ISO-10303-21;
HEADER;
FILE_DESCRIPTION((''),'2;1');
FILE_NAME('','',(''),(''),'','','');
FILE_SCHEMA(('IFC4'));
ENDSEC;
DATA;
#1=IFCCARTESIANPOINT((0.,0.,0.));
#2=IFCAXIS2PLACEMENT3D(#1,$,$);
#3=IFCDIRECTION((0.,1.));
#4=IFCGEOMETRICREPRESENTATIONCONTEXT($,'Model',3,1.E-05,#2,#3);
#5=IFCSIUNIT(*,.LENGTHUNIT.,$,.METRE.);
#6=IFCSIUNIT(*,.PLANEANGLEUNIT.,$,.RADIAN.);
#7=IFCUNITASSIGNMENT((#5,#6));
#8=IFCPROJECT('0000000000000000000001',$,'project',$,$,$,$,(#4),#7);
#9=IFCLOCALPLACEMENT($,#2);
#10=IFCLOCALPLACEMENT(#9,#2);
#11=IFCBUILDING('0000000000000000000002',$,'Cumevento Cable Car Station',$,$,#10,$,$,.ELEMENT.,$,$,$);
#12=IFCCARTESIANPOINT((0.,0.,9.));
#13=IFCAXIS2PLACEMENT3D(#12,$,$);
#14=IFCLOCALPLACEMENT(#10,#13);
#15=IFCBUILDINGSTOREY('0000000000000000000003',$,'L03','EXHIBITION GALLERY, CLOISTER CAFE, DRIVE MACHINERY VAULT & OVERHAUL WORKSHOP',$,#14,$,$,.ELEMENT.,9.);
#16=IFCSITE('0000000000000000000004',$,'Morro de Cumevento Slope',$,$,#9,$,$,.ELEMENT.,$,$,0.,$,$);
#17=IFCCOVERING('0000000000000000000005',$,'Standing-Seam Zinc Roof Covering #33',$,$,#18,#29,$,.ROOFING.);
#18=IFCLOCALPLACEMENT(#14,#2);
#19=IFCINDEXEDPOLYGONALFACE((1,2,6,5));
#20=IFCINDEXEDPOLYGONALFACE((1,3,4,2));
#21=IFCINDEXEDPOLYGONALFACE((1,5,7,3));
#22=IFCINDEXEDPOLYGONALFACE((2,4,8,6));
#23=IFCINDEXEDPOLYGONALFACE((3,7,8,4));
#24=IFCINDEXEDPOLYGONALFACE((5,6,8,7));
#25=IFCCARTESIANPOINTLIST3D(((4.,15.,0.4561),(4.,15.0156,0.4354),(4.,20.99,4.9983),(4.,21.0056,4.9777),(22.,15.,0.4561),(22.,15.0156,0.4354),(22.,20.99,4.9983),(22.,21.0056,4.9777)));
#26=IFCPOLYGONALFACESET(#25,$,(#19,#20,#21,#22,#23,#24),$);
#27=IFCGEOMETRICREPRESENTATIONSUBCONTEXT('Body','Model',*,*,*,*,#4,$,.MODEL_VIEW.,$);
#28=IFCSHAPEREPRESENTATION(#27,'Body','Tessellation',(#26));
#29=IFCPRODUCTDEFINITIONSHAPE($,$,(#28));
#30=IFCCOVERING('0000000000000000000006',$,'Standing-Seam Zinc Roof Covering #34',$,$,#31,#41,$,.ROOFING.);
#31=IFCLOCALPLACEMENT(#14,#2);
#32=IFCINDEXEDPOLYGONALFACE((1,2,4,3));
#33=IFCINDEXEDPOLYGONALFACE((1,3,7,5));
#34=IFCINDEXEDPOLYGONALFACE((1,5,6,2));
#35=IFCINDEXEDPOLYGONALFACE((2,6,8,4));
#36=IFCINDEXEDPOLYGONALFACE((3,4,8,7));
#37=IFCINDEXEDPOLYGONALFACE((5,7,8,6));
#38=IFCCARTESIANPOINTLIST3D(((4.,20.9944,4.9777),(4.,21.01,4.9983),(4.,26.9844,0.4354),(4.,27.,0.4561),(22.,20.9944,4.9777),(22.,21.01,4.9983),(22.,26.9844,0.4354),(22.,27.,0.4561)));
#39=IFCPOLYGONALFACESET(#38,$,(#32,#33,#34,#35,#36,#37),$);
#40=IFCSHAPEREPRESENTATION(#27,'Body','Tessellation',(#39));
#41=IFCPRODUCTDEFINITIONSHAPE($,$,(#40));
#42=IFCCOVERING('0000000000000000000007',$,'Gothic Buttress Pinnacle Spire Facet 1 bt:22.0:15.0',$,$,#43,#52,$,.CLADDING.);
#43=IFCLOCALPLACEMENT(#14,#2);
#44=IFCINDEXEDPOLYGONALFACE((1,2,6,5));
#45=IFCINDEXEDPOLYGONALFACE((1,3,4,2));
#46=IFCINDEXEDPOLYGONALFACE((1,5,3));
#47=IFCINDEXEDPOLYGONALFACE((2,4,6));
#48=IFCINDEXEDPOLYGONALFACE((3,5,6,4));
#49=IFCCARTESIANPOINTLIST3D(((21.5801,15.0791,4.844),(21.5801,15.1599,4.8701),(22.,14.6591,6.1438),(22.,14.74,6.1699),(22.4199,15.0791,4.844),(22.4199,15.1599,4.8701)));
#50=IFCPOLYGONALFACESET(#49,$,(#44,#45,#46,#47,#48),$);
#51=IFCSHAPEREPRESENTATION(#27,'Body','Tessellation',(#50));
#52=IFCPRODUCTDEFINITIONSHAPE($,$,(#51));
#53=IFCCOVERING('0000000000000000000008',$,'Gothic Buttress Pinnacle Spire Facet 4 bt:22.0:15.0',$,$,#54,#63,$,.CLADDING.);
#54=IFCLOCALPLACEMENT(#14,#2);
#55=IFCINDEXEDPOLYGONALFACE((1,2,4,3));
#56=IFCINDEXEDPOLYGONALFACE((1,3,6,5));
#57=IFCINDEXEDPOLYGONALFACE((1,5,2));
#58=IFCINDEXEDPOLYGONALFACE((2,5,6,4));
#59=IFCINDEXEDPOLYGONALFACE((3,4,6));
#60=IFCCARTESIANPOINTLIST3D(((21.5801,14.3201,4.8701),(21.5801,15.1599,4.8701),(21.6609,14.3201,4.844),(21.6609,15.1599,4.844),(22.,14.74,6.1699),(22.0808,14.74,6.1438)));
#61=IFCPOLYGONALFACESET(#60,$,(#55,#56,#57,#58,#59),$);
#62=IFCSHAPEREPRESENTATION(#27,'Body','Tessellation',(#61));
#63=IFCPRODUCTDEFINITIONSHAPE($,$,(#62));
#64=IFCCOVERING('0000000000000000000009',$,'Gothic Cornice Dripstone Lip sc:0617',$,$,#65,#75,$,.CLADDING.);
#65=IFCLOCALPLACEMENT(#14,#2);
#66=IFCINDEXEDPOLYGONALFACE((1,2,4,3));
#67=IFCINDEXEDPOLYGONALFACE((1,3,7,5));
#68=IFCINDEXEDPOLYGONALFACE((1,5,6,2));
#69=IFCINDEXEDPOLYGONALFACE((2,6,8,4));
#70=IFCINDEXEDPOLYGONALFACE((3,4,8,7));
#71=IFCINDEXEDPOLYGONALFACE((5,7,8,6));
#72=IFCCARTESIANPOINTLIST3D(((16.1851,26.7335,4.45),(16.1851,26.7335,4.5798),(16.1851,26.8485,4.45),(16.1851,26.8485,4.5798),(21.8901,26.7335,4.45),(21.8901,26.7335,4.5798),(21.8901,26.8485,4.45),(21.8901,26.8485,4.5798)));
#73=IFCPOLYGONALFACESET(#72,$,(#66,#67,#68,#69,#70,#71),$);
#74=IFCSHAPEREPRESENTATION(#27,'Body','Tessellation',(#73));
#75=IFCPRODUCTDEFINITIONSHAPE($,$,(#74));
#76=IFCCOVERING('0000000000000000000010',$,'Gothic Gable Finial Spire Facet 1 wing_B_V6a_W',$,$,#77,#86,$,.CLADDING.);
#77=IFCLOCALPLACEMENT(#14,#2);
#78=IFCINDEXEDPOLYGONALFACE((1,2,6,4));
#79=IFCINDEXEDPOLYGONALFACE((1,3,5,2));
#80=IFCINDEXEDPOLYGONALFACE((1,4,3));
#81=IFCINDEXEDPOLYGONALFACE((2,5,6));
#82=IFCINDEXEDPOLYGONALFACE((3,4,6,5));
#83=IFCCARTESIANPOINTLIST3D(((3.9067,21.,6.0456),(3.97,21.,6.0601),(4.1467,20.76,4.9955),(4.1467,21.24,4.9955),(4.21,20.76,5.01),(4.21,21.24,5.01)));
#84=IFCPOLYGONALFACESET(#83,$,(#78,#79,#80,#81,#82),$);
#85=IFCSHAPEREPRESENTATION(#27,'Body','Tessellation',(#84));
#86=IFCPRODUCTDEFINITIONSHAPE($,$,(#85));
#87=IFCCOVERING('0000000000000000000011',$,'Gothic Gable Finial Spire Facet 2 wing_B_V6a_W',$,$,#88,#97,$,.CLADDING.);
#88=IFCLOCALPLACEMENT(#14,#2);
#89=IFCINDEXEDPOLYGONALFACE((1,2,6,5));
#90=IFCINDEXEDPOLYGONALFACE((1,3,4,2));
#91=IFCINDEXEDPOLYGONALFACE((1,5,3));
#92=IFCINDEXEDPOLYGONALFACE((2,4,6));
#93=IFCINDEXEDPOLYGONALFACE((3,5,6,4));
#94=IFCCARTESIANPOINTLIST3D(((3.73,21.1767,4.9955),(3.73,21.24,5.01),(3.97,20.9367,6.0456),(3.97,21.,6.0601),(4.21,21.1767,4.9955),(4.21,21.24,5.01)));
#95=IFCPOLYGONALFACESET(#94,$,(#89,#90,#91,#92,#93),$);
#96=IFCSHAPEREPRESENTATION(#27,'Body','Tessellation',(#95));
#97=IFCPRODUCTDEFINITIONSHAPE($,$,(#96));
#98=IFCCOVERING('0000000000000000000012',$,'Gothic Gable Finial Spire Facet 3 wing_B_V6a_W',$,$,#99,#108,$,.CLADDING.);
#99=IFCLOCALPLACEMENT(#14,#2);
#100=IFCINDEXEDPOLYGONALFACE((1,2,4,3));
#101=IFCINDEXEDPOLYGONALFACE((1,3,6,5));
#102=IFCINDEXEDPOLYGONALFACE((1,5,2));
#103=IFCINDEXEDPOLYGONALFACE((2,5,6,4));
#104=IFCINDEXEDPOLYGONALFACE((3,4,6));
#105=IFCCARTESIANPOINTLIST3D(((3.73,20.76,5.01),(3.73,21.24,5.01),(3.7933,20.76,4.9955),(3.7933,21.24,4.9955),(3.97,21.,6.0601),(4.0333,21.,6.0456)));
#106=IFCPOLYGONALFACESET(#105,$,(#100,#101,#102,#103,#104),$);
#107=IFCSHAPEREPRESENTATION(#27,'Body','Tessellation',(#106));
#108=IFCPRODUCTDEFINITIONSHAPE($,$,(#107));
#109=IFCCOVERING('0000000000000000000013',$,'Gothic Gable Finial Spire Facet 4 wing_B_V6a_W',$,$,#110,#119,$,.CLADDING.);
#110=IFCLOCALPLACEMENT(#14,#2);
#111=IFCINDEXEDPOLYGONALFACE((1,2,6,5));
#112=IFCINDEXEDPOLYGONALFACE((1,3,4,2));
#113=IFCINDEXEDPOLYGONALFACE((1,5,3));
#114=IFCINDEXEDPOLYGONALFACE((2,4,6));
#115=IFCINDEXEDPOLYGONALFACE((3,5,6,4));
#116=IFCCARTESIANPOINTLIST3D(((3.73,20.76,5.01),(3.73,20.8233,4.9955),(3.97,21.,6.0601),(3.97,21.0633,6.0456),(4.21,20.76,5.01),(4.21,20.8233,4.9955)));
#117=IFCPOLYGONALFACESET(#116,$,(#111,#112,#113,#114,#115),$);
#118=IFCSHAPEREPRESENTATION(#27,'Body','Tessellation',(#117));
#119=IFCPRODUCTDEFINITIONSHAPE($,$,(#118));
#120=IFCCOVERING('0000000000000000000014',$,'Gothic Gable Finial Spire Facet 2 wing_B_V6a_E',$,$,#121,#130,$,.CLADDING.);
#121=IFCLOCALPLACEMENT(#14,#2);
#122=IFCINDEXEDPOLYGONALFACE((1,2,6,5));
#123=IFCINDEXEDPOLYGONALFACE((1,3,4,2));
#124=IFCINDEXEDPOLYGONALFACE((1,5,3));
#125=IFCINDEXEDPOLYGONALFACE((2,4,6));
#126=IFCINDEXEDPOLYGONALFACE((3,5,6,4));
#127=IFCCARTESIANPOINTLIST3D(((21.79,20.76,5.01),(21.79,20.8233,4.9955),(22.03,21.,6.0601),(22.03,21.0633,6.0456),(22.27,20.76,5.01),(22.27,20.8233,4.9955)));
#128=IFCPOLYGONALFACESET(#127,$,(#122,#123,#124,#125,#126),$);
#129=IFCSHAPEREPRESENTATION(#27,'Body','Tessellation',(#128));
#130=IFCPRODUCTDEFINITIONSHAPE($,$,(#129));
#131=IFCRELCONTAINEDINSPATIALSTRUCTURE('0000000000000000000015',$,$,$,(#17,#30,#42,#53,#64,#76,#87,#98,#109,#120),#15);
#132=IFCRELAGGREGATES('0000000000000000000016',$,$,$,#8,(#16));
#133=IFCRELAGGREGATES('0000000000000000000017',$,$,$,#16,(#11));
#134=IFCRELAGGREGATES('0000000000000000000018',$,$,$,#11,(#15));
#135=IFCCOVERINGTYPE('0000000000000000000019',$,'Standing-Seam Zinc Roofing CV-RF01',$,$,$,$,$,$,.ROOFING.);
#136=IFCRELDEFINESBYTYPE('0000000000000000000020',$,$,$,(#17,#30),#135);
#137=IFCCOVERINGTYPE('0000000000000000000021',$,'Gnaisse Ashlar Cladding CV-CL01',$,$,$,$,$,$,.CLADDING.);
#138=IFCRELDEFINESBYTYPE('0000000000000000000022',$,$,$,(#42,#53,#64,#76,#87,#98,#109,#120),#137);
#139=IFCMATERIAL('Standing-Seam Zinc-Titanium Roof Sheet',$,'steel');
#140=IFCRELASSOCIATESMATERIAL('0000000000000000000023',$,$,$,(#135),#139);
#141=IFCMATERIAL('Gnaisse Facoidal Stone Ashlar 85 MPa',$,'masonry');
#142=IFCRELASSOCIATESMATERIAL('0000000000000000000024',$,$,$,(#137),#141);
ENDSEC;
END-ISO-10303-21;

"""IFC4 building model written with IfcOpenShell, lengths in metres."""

from ifc_helpers import new_model, si_unit, direction, frame, origin, origin_2d, place, context, subcontext, project, spatial, polyline, rectangle, outline, extrude, material, type_object, element, save


model = new_model("IFC4")

# Units and contexts
model_context = context("Model", 3, precision=1e-05, world=origin(), true_north=direction((0.0, 1.0)))
body_context = subcontext(model_context, "Body", "Model", "MODEL_VIEW")
ifc_project = project(units=[si_unit("LENGTHUNIT", "METRE"), si_unit("PLANEANGLEUNIT", "RADIAN")], contexts=[model_context])

# Site, building, storey
site_placement = place(None, origin())
site = spatial("IfcSite", under=ifc_project, at=site_placement, Name="Morro de Cumevento Slope", CompositionType="ELEMENT", RefElevation=0.0)
building_placement = place(site_placement, origin())
building = spatial("IfcBuilding", under=site, at=building_placement, Name="Cumevento Cable Car Station", CompositionType="ELEMENT")
storey_placement = place(building_placement, frame((0.0, 0.0, 9.0)))
storey = spatial("IfcBuildingStorey", under=building, at=storey_placement, Name="L03", Description="EXHIBITION GALLERY, CLOISTER CAFE, DRIVE MACHINERY VAULT & OVERHAUL WORKSHOP", CompositionType="ELEMENT", Elevation=9.0)

# Coverings
ifc_material_1 = material(Name="Standing-Seam Zinc-Titanium Roof Sheet", Category="steel")
covering_type_1 = type_object("IfcCoveringType", Name="Standing-Seam Zinc Roofing CV-RF01", PredefinedType="ROOFING", material=ifc_material_1)
for number, where, z_axis, x_axis, name in (
    (1, (4.0, 15.0, 0.4561), (0.0, -0.604227, 0.796813), (1.0, 0.0, 0.0), "Standing-Seam Zinc Roof Covering #33"),
    (2, (4.0, 21.01, 4.9983), (0.0, 0.604227, 0.796813), (1.0, 0.0, 0.0), "Standing-Seam Zinc Roof Covering #34"),
):
    element("IfcCovering", number, at=place(storey_placement, frame(where, z_axis=z_axis, x_axis=x_axis)), inside=storey, type_object=covering_type_1, Name=name, PredefinedType="ROOFING", context=body_context, shape_type="SweptSolid", body=[
        extrude(outline(polyline([(0.0, 0.0), (18.0, 0.0), (18.0, 7.5174), (0.0, 7.5174), (0.0, 0.0)])), origin(), (0.0, 0.0, -1.0), 0.0259),
    ])
ifc_material_2 = material(Name="Gnaisse Facoidal Stone Ashlar 85 MPa", Category="masonry")
covering_type_2 = type_object("IfcCoveringType", Name="Gnaisse Ashlar Cladding CV-CL01", PredefinedType="CLADDING", material=ifc_material_2)
for number, where, z_axis, x_axis, name in (
    (3, (21.5801, 15.1599, 4.8701), (0.0, 0.951574, 0.307421), (1.0, 0.0, 0.0), "Gothic Buttress Pinnacle Spire Facet 1 bt:22.0:15.0"),
    (4, (21.5801, 14.3201, 4.8701), (-0.951574, 0.0, 0.307421), (0.0, 1.0, 0.0), "Gothic Buttress Pinnacle Spire Facet 4 bt:22.0:15.0"),
):
    element("IfcCovering", number, at=place(storey_placement, frame(where, z_axis=z_axis, x_axis=x_axis)), inside=storey, type_object=covering_type_2, Name=name, PredefinedType="CLADDING", context=body_context, shape_type="SweptSolid", body=[
        extrude(outline(polyline([(0.0, 0.0), (0.8398, 0.0), (0.4199, -1.366), (0.0, 0.0)])), origin(), (0.0, 0.0, -1.0), 0.085),
    ])
covering_1_placement = place(storey_placement, frame((19.0376, 26.791, 4.45), z_axis=(0.0, 0.0, 1.0), x_axis=(-1.0, 0.0, 0.0)))
element("IfcCovering", 5, at=covering_1_placement, inside=storey, type_object=covering_type_2, Name="Gothic Cornice Dripstone Lip sc:0617", PredefinedType="CLADDING", context=body_context, shape_type="SweptSolid", body=[
    extrude(rectangle(XDim=5.7051, YDim=0.115, at=origin_2d()), origin(), (0.0, 0.0, 1.0), 0.1299),
])
for number, where, z_axis, x_axis, name in (
    (6, (4.21, 20.76, 5.01), (0.974863, 0.0, 0.222806), (0.0, 1.0, 0.0), "Gothic Gable Finial Spire Facet 1 wing_B_V6a_W"),
    (7, (4.21, 21.24, 5.01), (0.0, 0.974863, 0.222806), (-1.0, 0.0, 0.0), "Gothic Gable Finial Spire Facet 2 wing_B_V6a_W"),
    (8, (3.73, 21.24, 5.01), (-0.974863, 0.0, 0.222806), (0.0, -1.0, 0.0), "Gothic Gable Finial Spire Facet 3 wing_B_V6a_W"),
    (9, (3.73, 20.76, 5.01), (0.0, -0.974863, 0.222806), (1.0, 0.0, 0.0), "Gothic Gable Finial Spire Facet 4 wing_B_V6a_W"),
    (10, (21.79, 20.76, 5.01), (0.0, -0.974863, 0.222806), (1.0, 0.0, 0.0), "Gothic Gable Finial Spire Facet 2 wing_B_V6a_E"),
):
    element("IfcCovering", number, at=place(storey_placement, frame(where, z_axis=z_axis, x_axis=x_axis)), inside=storey, type_object=covering_type_2, Name=name, PredefinedType="CLADDING", context=body_context, shape_type="SweptSolid", body=[
        extrude(outline(polyline([(0.0, 0.0), (0.48, 0.0), (0.24, 1.0771), (0.0, 0.0)])), origin(), (0.0, 0.0, -1.0), 0.0649),
    ])

save(model, "model.ifc")
